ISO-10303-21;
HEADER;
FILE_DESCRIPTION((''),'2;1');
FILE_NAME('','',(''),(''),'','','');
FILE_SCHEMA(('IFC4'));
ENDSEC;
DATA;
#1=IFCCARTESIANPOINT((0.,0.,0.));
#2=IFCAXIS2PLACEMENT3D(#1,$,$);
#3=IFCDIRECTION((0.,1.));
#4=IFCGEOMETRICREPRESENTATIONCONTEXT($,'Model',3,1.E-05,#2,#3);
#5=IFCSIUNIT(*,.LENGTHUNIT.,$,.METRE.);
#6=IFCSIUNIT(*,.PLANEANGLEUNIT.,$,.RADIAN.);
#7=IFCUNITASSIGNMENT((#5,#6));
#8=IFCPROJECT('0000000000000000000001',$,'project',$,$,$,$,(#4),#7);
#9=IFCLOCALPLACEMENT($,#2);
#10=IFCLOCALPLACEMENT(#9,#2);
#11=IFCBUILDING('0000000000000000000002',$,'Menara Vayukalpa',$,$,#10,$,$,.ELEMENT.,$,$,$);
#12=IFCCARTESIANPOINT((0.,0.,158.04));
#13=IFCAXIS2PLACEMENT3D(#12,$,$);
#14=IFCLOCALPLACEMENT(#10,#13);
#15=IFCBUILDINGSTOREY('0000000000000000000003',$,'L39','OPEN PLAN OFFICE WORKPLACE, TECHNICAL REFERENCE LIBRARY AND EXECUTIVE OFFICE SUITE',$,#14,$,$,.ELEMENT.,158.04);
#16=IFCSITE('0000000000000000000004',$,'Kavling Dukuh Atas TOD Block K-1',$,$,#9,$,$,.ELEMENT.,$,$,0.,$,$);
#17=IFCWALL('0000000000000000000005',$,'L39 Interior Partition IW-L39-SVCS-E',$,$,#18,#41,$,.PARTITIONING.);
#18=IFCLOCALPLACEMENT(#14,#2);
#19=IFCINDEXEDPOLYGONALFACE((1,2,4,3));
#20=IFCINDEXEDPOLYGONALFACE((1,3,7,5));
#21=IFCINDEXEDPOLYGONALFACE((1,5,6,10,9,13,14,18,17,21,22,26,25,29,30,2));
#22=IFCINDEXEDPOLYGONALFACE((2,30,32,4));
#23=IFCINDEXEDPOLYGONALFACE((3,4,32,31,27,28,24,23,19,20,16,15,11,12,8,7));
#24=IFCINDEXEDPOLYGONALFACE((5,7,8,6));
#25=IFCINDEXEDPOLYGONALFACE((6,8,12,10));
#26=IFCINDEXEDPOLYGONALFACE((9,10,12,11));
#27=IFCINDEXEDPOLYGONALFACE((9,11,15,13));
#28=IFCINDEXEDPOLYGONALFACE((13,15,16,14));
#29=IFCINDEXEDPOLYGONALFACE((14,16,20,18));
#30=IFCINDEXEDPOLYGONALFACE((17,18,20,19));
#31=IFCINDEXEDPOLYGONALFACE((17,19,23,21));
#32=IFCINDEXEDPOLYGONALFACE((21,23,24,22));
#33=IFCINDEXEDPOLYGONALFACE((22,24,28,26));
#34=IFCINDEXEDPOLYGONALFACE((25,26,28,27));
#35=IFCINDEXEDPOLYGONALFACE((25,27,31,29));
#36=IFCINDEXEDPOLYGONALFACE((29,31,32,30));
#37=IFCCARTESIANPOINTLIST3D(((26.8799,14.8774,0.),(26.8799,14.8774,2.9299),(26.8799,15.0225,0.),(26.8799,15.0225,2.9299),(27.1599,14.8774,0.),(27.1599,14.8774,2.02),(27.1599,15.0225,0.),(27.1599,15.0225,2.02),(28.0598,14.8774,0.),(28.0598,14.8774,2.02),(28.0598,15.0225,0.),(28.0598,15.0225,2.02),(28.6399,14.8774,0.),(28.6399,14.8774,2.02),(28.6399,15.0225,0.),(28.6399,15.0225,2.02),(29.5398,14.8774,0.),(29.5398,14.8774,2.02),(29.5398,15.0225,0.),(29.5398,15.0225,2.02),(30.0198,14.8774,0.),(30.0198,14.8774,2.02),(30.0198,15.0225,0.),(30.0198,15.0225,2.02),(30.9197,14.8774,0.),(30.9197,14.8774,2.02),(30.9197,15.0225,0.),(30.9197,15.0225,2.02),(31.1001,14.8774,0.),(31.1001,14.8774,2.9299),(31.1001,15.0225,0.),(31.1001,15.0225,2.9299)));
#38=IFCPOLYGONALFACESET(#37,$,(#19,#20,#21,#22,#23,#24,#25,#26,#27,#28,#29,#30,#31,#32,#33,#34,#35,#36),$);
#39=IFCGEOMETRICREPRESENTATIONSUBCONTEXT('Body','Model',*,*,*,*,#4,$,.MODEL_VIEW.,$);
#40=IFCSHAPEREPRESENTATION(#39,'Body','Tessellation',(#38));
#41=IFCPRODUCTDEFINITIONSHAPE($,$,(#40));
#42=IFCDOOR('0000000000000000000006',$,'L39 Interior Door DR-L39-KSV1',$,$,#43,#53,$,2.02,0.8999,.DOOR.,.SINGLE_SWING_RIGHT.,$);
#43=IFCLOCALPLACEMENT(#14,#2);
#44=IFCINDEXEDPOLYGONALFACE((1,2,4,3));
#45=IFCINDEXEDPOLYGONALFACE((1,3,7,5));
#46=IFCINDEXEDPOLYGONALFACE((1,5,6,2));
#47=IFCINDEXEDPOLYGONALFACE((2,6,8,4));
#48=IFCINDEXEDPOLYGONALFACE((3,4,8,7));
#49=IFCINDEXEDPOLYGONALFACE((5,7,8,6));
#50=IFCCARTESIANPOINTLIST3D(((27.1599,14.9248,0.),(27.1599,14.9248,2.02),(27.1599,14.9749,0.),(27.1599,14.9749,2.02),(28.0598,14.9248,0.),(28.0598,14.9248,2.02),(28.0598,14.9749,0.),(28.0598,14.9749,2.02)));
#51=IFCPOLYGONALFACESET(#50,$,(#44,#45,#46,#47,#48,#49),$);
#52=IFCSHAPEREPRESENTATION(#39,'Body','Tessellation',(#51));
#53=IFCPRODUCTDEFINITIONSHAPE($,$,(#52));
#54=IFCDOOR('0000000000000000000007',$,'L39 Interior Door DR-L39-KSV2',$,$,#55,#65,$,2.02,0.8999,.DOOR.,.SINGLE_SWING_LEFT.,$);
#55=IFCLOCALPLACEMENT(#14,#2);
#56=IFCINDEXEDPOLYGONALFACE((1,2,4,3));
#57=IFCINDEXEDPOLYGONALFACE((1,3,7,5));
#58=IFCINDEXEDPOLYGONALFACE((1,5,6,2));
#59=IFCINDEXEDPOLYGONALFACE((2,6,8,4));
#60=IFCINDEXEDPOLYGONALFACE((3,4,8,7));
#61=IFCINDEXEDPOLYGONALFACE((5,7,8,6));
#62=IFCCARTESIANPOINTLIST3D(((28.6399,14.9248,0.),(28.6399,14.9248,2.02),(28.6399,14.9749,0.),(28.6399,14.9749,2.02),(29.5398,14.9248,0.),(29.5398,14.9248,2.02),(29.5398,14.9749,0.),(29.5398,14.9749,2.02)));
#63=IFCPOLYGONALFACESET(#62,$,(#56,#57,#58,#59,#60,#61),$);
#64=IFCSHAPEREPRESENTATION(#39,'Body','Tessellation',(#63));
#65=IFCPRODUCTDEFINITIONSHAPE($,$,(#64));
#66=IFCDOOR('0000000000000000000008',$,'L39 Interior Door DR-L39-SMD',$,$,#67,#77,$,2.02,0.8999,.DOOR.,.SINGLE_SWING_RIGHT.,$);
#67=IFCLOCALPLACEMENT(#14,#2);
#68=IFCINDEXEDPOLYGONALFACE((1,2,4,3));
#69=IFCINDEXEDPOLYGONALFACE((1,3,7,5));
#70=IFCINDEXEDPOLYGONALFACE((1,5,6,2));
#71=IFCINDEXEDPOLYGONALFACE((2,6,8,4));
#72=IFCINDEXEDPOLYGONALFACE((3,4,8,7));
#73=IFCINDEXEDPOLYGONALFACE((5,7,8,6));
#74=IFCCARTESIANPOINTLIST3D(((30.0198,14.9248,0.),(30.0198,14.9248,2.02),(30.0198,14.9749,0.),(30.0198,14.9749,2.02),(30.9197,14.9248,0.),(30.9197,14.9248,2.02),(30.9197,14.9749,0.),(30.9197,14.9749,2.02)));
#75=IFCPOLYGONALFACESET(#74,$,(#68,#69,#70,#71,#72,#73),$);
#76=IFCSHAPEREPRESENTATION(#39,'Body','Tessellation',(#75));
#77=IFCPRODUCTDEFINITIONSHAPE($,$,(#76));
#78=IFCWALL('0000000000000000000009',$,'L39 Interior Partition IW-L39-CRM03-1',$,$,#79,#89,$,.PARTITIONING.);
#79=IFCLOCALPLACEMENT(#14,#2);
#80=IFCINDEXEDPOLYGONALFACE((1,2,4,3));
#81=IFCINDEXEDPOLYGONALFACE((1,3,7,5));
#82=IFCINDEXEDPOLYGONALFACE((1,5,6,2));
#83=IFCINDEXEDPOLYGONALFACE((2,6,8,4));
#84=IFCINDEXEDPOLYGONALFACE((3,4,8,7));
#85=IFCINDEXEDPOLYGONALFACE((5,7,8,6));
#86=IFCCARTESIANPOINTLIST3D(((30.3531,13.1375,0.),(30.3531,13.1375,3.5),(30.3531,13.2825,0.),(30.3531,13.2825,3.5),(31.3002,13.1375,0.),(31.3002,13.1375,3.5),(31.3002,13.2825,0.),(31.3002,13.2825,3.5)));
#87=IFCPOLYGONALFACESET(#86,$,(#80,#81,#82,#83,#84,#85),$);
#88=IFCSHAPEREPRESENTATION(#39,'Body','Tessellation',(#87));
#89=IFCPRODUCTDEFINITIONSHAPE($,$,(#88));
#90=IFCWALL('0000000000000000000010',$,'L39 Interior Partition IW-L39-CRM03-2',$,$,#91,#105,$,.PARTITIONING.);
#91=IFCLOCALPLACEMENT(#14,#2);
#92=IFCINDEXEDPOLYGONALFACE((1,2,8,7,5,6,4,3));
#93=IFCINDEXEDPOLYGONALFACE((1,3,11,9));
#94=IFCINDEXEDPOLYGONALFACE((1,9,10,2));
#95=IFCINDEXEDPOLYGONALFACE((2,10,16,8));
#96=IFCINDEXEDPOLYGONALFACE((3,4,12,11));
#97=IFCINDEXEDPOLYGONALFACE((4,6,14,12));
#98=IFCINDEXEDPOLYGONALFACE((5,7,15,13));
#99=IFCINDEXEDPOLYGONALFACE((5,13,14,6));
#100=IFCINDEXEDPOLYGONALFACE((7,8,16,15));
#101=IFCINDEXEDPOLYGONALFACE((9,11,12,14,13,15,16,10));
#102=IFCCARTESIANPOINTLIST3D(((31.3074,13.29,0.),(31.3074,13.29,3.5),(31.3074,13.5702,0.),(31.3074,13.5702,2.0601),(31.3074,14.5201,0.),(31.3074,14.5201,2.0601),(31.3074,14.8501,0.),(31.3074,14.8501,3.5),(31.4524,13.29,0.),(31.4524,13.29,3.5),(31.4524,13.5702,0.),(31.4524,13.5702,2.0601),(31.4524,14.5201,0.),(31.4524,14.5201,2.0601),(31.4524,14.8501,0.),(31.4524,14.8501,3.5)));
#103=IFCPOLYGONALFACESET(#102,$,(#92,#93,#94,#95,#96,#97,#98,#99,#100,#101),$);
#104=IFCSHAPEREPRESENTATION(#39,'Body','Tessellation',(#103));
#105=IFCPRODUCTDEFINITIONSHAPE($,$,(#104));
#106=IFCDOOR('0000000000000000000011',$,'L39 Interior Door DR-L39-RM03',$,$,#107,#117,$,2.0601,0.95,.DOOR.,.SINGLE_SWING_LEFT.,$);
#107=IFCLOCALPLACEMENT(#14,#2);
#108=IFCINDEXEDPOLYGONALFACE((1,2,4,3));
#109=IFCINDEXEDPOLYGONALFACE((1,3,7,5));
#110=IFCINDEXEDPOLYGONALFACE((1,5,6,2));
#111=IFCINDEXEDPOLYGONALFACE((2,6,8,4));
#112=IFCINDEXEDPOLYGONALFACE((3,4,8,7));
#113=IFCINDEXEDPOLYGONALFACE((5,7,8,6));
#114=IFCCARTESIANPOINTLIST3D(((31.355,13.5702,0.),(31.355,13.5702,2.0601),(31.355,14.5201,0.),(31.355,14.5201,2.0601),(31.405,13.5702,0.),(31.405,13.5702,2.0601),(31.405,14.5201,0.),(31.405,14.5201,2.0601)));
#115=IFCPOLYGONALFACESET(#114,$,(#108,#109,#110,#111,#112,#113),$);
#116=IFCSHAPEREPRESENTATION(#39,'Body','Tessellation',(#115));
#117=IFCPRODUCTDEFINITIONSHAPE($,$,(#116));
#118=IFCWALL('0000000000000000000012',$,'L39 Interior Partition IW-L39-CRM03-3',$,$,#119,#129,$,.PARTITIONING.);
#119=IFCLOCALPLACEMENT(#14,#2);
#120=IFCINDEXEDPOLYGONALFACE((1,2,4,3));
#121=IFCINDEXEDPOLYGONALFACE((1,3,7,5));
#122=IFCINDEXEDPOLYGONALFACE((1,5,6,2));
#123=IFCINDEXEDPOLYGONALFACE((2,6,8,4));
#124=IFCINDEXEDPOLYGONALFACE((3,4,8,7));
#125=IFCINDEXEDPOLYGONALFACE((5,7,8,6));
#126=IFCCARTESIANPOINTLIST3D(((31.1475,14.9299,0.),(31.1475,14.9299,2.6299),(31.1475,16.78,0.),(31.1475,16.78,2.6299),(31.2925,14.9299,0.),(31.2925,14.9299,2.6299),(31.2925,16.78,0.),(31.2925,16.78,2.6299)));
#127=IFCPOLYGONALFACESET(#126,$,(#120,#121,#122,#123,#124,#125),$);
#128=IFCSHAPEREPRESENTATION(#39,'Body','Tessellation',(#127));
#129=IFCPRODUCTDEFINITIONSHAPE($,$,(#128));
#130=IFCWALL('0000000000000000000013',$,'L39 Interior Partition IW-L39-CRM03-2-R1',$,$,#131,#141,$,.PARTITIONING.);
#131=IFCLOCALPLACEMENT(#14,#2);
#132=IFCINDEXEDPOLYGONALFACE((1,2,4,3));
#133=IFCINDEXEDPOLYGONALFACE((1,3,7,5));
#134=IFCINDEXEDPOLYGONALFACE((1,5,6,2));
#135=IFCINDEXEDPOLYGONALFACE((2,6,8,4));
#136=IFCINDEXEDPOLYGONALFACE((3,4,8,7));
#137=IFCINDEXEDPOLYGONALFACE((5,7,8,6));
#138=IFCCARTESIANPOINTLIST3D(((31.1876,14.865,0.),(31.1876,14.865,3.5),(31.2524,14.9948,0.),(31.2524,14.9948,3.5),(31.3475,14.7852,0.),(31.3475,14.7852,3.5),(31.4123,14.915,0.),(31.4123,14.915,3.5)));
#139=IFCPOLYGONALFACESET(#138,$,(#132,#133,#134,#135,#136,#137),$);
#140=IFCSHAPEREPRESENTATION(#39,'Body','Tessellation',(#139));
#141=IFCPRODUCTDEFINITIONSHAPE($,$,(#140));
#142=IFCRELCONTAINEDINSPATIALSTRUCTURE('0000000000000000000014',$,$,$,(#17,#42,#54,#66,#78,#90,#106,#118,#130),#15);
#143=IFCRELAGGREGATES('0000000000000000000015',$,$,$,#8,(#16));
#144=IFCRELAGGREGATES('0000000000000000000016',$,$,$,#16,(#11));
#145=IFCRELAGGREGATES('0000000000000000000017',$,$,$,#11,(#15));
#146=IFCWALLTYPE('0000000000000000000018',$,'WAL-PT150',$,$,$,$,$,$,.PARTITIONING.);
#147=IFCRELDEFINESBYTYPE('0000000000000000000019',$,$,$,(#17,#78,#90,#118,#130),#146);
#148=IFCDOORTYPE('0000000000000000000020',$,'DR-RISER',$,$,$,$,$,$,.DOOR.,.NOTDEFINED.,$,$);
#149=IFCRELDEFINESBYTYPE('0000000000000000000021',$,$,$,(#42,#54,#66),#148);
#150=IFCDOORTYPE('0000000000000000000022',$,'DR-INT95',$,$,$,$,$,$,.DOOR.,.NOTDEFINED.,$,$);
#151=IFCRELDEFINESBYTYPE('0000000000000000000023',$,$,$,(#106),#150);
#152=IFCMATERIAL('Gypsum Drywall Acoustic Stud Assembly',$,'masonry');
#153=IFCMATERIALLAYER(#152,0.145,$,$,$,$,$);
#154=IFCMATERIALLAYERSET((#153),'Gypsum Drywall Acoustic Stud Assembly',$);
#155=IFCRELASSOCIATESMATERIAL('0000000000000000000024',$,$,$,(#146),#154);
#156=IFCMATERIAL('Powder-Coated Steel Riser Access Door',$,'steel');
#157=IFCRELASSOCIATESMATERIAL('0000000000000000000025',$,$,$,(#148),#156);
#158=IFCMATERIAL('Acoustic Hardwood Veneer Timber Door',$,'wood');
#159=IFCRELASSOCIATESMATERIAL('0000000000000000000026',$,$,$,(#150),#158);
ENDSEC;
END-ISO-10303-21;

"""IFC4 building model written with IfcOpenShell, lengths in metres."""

from ifc_helpers import new_model, si_unit, direction, frame, frame_2d, origin, place, context, subcontext, project, spatial, rectangle, extrude, material, layer, layer_set, type_object, element, fill, save


model = new_model("IFC4")

# Units and contexts
model_context = context("Model", 3, precision=1e-05, world=origin(), true_north=direction((0.0, 1.0)))
body_context = subcontext(model_context, "Body", "Model", "MODEL_VIEW")
ifc_project = project(units=[si_unit("LENGTHUNIT", "METRE"), si_unit("PLANEANGLEUNIT", "RADIAN")], contexts=[model_context])

# Site, building, storey
site_placement = place(None, origin())
site = spatial("IfcSite", under=ifc_project, at=site_placement, Name="Kavling Dukuh Atas TOD Block K-1", CompositionType="ELEMENT", RefElevation=0.0)
building_placement = place(site_placement, origin())
building = spatial("IfcBuilding", under=site, at=building_placement, Name="Menara Vayukalpa", CompositionType="ELEMENT")
storey_placement = place(building_placement, frame((0.0, 0.0, 158.04)))
storey = spatial("IfcBuildingStorey", under=building, at=storey_placement, Name="L39", Description="OPEN PLAN OFFICE WORKPLACE, TECHNICAL REFERENCE LIBRARY AND EXECUTIVE OFFICE SUITE", CompositionType="ELEMENT", Elevation=158.04)

# Wall, openings, doors
ifc_material_1 = material(Name="Gypsum Drywall Acoustic Stud Assembly", Category="masonry")
ifc_layer_1 = layer(ifc_material_1, 0.145)
ifc_layer_set_1 = layer_set([ifc_layer_1], Name="Gypsum Drywall Acoustic Stud Assembly")
wall_type_1 = type_object("IfcWallType", Name="WAL-PT150", PredefinedType="PARTITIONING", material=ifc_layer_set_1)
wall_1_placement = place(storey_placement, frame((26.8799, 14.95, 0.0), z_axis=(0.0, 0.0, 1.0), x_axis=(1.0, 0.0, 0.0)))
wall_1 = element("IfcWall", 1, at=wall_1_placement, inside=storey, type_object=wall_type_1, Name="L39 Interior Partition IW-L39-SVCS-E", PredefinedType="PARTITIONING", context=body_context, shape_type="SweptSolid", body=[
    extrude(rectangle(XDim=4.2202, YDim=0.145, at=frame_2d((2.1101, 0.0))), origin(), (0.0, 0.0, 1.0), 2.9299),
])
opening_1_placement = place(wall_1_placement, frame((0.28, 0.0, 0.0)))
opening_1 = element("IfcOpeningElement", 2, at=opening_1_placement, cuts=wall_1, PredefinedType="OPENING", context=body_context, shape_type="SweptSolid", body=[
    extrude(rectangle(XDim=0.8999, YDim=2.02, at=frame_2d((0.45, 1.01))), frame((0.0, 0.0825, 0.0), z_axis=(0.0, -1.0, 0.0), x_axis=(1.0, 0.0, 0.0)), (0.0, 0.0, 1.0), 0.165),
])
opening_2_placement = place(wall_1_placement, frame((1.76, 0.0, 0.0)))
opening_2 = element("IfcOpeningElement", 3, at=opening_2_placement, cuts=wall_1, PredefinedType="OPENING", context=body_context, shape_type="SweptSolid", body=[
    extrude(rectangle(XDim=0.8999, YDim=2.02, at=frame_2d((0.45, 1.01))), frame((0.0, 0.0825, 0.0), z_axis=(0.0, -1.0, 0.0), x_axis=(1.0, 0.0, 0.0)), (0.0, 0.0, 1.0), 0.165),
])
opening_3_placement = place(wall_1_placement, frame((3.1399, 0.0, 0.0)))
opening_3 = element("IfcOpeningElement", 4, at=opening_3_placement, cuts=wall_1, PredefinedType="OPENING", context=body_context, shape_type="SweptSolid", body=[
    extrude(rectangle(XDim=0.8999, YDim=2.02, at=frame_2d((0.45, 1.01))), frame((0.0, 0.0825, 0.0), z_axis=(0.0, -1.0, 0.0), x_axis=(1.0, 0.0, 0.0)), (0.0, 0.0, 1.0), 0.165),
])
ifc_material_2 = material(Name="Powder-Coated Steel Riser Access Door", Category="steel")
door_type_1 = type_object("IfcDoorType", Name="DR-RISER", OperationType="NOTDEFINED", PredefinedType="DOOR", material=ifc_material_2)
door_1_placement = place(opening_1_placement, origin())
door_1 = element("IfcDoor", 5, at=door_1_placement, inside=storey, type_object=door_type_1, Name="L39 Interior Door DR-L39-KSV1", OperationType="SINGLE_SWING_RIGHT", OverallHeight=2.02, OverallWidth=0.8999, PredefinedType="DOOR", context=body_context, shape_type="SweptSolid", body=[
    extrude(rectangle(XDim=0.8999, YDim=2.02, at=frame_2d((0.45, 1.01))), frame((0.0, 0.0249, 0.0), z_axis=(0.0, -1.0, 0.0), x_axis=(1.0, 0.0, 0.0)), (0.0, 0.0, 1.0), 0.05),
])
fill(opening_1, door_1)
door_2_placement = place(opening_2_placement, origin())
door_2 = element("IfcDoor", 6, at=door_2_placement, inside=storey, type_object=door_type_1, Name="L39 Interior Door DR-L39-KSV2", OperationType="SINGLE_SWING_LEFT", OverallHeight=2.02, OverallWidth=0.8999, PredefinedType="DOOR", context=body_context, shape_type="SweptSolid", body=[
    extrude(rectangle(XDim=0.8999, YDim=2.02, at=frame_2d((0.45, 1.01))), frame((0.0, 0.0249, 0.0), z_axis=(0.0, -1.0, 0.0), x_axis=(1.0, 0.0, 0.0)), (0.0, 0.0, 1.0), 0.05),
])
fill(opening_2, door_2)
door_3_placement = place(opening_3_placement, origin())
door_3 = element("IfcDoor", 7, at=door_3_placement, inside=storey, type_object=door_type_1, Name="L39 Interior Door DR-L39-SMD", OperationType="SINGLE_SWING_RIGHT", OverallHeight=2.02, OverallWidth=0.8999, PredefinedType="DOOR", context=body_context, shape_type="SweptSolid", body=[
    extrude(rectangle(XDim=0.8999, YDim=2.02, at=frame_2d((0.45, 1.01))), frame((0.0, 0.0249, 0.0), z_axis=(0.0, -1.0, 0.0), x_axis=(1.0, 0.0, 0.0)), (0.0, 0.0, 1.0), 0.05),
])
fill(opening_3, door_3)

# Wall
wall_2_placement = place(storey_placement, frame((30.353, 13.21, 0.0), z_axis=(0.0, 0.0, 1.0), x_axis=(1.0, 0.0, 0.0)))
element("IfcWall", 8, at=wall_2_placement, inside=storey, type_object=wall_type_1, Name="L39 Interior Partition IW-L39-CRM03-1", PredefinedType="PARTITIONING", context=body_context, shape_type="SweptSolid", body=[
    extrude(rectangle(XDim=0.947, YDim=0.145, at=frame_2d((0.4736, 0.0))), origin(), (0.0, 0.0, 1.0), 3.5),
])

# Wall, opening, door
wall_3_placement = place(storey_placement, frame((31.3799, 13.29, 0.0), z_axis=(0.0, 0.0, 1.0), x_axis=(0.0, 1.0, 0.0)))
wall_3 = element("IfcWall", 9, at=wall_3_placement, inside=storey, type_object=wall_type_1, Name="L39 Interior Partition IW-L39-CRM03-2", PredefinedType="PARTITIONING", context=body_context, shape_type="SweptSolid", body=[
    extrude(rectangle(XDim=1.5601, YDim=0.145, at=frame_2d((0.78, 0.0))), origin(), (0.0, 0.0, 1.0), 3.5),
])
opening_4_placement = place(wall_3_placement, frame((0.28, 0.0, 0.0)))
opening_4 = element("IfcOpeningElement", 10, at=opening_4_placement, cuts=wall_3, PredefinedType="OPENING", context=body_context, shape_type="SweptSolid", body=[
    extrude(rectangle(XDim=0.95, YDim=2.0601, at=frame_2d((0.4751, 1.03))), frame((0.0, 0.0825, 0.0), z_axis=(0.0, -1.0, 0.0), x_axis=(1.0, 0.0, 0.0)), (0.0, 0.0, 1.0), 0.165),
])
ifc_material_3 = material(Name="Acoustic Hardwood Veneer Timber Door", Category="wood")
door_type_2 = type_object("IfcDoorType", Name="DR-INT95", OperationType="NOTDEFINED", PredefinedType="DOOR", material=ifc_material_3)
door_4_placement = place(opening_4_placement, origin())
door_4 = element("IfcDoor", 11, at=door_4_placement, inside=storey, type_object=door_type_2, Name="L39 Interior Door DR-L39-RM03", OperationType="SINGLE_SWING_LEFT", OverallHeight=2.0601, OverallWidth=0.95, PredefinedType="DOOR", context=body_context, shape_type="SweptSolid", body=[
    extrude(rectangle(XDim=0.95, YDim=2.0601, at=frame_2d((0.4751, 1.03))), frame((0.0, 0.0249, 0.0), z_axis=(0.0, -1.0, 0.0), x_axis=(1.0, 0.0, 0.0)), (0.0, 0.0, 1.0), 0.05),
])
fill(opening_4, door_4)

# Walls
wall_4_placement = place(storey_placement, frame((31.22, 14.9299, 0.0), z_axis=(0.0, 0.0, 1.0), x_axis=(0.0, 1.0, 0.0)))
element("IfcWall", 12, at=wall_4_placement, inside=storey, type_object=wall_type_1, Name="L39 Interior Partition IW-L39-CRM03-3", PredefinedType="PARTITIONING", context=body_context, shape_type="SweptSolid", body=[
    extrude(rectangle(XDim=1.8501, YDim=0.145, at=frame_2d((0.925, 0.0))), origin(), (0.0, 0.0, 1.0), 2.6299),
])
wall_5_placement = place(storey_placement, frame((31.3799, 14.8501, 0.0), z_axis=(0.0, 0.0, 1.0), x_axis=(-0.8947, 0.446667, 0.0)))
element("IfcWall", 13, at=wall_5_placement, inside=storey, type_object=wall_type_1, Name="L39 Interior Partition IW-L39-CRM03-2-R1", PredefinedType="PARTITIONING", context=body_context, shape_type="SweptSolid", body=[
    extrude(rectangle(XDim=0.1787, YDim=0.145, at=frame_2d((0.0894, 0.0))), origin(), (0.0, 0.0, 1.0), 3.5),
])

save(model, "model.ifc")
